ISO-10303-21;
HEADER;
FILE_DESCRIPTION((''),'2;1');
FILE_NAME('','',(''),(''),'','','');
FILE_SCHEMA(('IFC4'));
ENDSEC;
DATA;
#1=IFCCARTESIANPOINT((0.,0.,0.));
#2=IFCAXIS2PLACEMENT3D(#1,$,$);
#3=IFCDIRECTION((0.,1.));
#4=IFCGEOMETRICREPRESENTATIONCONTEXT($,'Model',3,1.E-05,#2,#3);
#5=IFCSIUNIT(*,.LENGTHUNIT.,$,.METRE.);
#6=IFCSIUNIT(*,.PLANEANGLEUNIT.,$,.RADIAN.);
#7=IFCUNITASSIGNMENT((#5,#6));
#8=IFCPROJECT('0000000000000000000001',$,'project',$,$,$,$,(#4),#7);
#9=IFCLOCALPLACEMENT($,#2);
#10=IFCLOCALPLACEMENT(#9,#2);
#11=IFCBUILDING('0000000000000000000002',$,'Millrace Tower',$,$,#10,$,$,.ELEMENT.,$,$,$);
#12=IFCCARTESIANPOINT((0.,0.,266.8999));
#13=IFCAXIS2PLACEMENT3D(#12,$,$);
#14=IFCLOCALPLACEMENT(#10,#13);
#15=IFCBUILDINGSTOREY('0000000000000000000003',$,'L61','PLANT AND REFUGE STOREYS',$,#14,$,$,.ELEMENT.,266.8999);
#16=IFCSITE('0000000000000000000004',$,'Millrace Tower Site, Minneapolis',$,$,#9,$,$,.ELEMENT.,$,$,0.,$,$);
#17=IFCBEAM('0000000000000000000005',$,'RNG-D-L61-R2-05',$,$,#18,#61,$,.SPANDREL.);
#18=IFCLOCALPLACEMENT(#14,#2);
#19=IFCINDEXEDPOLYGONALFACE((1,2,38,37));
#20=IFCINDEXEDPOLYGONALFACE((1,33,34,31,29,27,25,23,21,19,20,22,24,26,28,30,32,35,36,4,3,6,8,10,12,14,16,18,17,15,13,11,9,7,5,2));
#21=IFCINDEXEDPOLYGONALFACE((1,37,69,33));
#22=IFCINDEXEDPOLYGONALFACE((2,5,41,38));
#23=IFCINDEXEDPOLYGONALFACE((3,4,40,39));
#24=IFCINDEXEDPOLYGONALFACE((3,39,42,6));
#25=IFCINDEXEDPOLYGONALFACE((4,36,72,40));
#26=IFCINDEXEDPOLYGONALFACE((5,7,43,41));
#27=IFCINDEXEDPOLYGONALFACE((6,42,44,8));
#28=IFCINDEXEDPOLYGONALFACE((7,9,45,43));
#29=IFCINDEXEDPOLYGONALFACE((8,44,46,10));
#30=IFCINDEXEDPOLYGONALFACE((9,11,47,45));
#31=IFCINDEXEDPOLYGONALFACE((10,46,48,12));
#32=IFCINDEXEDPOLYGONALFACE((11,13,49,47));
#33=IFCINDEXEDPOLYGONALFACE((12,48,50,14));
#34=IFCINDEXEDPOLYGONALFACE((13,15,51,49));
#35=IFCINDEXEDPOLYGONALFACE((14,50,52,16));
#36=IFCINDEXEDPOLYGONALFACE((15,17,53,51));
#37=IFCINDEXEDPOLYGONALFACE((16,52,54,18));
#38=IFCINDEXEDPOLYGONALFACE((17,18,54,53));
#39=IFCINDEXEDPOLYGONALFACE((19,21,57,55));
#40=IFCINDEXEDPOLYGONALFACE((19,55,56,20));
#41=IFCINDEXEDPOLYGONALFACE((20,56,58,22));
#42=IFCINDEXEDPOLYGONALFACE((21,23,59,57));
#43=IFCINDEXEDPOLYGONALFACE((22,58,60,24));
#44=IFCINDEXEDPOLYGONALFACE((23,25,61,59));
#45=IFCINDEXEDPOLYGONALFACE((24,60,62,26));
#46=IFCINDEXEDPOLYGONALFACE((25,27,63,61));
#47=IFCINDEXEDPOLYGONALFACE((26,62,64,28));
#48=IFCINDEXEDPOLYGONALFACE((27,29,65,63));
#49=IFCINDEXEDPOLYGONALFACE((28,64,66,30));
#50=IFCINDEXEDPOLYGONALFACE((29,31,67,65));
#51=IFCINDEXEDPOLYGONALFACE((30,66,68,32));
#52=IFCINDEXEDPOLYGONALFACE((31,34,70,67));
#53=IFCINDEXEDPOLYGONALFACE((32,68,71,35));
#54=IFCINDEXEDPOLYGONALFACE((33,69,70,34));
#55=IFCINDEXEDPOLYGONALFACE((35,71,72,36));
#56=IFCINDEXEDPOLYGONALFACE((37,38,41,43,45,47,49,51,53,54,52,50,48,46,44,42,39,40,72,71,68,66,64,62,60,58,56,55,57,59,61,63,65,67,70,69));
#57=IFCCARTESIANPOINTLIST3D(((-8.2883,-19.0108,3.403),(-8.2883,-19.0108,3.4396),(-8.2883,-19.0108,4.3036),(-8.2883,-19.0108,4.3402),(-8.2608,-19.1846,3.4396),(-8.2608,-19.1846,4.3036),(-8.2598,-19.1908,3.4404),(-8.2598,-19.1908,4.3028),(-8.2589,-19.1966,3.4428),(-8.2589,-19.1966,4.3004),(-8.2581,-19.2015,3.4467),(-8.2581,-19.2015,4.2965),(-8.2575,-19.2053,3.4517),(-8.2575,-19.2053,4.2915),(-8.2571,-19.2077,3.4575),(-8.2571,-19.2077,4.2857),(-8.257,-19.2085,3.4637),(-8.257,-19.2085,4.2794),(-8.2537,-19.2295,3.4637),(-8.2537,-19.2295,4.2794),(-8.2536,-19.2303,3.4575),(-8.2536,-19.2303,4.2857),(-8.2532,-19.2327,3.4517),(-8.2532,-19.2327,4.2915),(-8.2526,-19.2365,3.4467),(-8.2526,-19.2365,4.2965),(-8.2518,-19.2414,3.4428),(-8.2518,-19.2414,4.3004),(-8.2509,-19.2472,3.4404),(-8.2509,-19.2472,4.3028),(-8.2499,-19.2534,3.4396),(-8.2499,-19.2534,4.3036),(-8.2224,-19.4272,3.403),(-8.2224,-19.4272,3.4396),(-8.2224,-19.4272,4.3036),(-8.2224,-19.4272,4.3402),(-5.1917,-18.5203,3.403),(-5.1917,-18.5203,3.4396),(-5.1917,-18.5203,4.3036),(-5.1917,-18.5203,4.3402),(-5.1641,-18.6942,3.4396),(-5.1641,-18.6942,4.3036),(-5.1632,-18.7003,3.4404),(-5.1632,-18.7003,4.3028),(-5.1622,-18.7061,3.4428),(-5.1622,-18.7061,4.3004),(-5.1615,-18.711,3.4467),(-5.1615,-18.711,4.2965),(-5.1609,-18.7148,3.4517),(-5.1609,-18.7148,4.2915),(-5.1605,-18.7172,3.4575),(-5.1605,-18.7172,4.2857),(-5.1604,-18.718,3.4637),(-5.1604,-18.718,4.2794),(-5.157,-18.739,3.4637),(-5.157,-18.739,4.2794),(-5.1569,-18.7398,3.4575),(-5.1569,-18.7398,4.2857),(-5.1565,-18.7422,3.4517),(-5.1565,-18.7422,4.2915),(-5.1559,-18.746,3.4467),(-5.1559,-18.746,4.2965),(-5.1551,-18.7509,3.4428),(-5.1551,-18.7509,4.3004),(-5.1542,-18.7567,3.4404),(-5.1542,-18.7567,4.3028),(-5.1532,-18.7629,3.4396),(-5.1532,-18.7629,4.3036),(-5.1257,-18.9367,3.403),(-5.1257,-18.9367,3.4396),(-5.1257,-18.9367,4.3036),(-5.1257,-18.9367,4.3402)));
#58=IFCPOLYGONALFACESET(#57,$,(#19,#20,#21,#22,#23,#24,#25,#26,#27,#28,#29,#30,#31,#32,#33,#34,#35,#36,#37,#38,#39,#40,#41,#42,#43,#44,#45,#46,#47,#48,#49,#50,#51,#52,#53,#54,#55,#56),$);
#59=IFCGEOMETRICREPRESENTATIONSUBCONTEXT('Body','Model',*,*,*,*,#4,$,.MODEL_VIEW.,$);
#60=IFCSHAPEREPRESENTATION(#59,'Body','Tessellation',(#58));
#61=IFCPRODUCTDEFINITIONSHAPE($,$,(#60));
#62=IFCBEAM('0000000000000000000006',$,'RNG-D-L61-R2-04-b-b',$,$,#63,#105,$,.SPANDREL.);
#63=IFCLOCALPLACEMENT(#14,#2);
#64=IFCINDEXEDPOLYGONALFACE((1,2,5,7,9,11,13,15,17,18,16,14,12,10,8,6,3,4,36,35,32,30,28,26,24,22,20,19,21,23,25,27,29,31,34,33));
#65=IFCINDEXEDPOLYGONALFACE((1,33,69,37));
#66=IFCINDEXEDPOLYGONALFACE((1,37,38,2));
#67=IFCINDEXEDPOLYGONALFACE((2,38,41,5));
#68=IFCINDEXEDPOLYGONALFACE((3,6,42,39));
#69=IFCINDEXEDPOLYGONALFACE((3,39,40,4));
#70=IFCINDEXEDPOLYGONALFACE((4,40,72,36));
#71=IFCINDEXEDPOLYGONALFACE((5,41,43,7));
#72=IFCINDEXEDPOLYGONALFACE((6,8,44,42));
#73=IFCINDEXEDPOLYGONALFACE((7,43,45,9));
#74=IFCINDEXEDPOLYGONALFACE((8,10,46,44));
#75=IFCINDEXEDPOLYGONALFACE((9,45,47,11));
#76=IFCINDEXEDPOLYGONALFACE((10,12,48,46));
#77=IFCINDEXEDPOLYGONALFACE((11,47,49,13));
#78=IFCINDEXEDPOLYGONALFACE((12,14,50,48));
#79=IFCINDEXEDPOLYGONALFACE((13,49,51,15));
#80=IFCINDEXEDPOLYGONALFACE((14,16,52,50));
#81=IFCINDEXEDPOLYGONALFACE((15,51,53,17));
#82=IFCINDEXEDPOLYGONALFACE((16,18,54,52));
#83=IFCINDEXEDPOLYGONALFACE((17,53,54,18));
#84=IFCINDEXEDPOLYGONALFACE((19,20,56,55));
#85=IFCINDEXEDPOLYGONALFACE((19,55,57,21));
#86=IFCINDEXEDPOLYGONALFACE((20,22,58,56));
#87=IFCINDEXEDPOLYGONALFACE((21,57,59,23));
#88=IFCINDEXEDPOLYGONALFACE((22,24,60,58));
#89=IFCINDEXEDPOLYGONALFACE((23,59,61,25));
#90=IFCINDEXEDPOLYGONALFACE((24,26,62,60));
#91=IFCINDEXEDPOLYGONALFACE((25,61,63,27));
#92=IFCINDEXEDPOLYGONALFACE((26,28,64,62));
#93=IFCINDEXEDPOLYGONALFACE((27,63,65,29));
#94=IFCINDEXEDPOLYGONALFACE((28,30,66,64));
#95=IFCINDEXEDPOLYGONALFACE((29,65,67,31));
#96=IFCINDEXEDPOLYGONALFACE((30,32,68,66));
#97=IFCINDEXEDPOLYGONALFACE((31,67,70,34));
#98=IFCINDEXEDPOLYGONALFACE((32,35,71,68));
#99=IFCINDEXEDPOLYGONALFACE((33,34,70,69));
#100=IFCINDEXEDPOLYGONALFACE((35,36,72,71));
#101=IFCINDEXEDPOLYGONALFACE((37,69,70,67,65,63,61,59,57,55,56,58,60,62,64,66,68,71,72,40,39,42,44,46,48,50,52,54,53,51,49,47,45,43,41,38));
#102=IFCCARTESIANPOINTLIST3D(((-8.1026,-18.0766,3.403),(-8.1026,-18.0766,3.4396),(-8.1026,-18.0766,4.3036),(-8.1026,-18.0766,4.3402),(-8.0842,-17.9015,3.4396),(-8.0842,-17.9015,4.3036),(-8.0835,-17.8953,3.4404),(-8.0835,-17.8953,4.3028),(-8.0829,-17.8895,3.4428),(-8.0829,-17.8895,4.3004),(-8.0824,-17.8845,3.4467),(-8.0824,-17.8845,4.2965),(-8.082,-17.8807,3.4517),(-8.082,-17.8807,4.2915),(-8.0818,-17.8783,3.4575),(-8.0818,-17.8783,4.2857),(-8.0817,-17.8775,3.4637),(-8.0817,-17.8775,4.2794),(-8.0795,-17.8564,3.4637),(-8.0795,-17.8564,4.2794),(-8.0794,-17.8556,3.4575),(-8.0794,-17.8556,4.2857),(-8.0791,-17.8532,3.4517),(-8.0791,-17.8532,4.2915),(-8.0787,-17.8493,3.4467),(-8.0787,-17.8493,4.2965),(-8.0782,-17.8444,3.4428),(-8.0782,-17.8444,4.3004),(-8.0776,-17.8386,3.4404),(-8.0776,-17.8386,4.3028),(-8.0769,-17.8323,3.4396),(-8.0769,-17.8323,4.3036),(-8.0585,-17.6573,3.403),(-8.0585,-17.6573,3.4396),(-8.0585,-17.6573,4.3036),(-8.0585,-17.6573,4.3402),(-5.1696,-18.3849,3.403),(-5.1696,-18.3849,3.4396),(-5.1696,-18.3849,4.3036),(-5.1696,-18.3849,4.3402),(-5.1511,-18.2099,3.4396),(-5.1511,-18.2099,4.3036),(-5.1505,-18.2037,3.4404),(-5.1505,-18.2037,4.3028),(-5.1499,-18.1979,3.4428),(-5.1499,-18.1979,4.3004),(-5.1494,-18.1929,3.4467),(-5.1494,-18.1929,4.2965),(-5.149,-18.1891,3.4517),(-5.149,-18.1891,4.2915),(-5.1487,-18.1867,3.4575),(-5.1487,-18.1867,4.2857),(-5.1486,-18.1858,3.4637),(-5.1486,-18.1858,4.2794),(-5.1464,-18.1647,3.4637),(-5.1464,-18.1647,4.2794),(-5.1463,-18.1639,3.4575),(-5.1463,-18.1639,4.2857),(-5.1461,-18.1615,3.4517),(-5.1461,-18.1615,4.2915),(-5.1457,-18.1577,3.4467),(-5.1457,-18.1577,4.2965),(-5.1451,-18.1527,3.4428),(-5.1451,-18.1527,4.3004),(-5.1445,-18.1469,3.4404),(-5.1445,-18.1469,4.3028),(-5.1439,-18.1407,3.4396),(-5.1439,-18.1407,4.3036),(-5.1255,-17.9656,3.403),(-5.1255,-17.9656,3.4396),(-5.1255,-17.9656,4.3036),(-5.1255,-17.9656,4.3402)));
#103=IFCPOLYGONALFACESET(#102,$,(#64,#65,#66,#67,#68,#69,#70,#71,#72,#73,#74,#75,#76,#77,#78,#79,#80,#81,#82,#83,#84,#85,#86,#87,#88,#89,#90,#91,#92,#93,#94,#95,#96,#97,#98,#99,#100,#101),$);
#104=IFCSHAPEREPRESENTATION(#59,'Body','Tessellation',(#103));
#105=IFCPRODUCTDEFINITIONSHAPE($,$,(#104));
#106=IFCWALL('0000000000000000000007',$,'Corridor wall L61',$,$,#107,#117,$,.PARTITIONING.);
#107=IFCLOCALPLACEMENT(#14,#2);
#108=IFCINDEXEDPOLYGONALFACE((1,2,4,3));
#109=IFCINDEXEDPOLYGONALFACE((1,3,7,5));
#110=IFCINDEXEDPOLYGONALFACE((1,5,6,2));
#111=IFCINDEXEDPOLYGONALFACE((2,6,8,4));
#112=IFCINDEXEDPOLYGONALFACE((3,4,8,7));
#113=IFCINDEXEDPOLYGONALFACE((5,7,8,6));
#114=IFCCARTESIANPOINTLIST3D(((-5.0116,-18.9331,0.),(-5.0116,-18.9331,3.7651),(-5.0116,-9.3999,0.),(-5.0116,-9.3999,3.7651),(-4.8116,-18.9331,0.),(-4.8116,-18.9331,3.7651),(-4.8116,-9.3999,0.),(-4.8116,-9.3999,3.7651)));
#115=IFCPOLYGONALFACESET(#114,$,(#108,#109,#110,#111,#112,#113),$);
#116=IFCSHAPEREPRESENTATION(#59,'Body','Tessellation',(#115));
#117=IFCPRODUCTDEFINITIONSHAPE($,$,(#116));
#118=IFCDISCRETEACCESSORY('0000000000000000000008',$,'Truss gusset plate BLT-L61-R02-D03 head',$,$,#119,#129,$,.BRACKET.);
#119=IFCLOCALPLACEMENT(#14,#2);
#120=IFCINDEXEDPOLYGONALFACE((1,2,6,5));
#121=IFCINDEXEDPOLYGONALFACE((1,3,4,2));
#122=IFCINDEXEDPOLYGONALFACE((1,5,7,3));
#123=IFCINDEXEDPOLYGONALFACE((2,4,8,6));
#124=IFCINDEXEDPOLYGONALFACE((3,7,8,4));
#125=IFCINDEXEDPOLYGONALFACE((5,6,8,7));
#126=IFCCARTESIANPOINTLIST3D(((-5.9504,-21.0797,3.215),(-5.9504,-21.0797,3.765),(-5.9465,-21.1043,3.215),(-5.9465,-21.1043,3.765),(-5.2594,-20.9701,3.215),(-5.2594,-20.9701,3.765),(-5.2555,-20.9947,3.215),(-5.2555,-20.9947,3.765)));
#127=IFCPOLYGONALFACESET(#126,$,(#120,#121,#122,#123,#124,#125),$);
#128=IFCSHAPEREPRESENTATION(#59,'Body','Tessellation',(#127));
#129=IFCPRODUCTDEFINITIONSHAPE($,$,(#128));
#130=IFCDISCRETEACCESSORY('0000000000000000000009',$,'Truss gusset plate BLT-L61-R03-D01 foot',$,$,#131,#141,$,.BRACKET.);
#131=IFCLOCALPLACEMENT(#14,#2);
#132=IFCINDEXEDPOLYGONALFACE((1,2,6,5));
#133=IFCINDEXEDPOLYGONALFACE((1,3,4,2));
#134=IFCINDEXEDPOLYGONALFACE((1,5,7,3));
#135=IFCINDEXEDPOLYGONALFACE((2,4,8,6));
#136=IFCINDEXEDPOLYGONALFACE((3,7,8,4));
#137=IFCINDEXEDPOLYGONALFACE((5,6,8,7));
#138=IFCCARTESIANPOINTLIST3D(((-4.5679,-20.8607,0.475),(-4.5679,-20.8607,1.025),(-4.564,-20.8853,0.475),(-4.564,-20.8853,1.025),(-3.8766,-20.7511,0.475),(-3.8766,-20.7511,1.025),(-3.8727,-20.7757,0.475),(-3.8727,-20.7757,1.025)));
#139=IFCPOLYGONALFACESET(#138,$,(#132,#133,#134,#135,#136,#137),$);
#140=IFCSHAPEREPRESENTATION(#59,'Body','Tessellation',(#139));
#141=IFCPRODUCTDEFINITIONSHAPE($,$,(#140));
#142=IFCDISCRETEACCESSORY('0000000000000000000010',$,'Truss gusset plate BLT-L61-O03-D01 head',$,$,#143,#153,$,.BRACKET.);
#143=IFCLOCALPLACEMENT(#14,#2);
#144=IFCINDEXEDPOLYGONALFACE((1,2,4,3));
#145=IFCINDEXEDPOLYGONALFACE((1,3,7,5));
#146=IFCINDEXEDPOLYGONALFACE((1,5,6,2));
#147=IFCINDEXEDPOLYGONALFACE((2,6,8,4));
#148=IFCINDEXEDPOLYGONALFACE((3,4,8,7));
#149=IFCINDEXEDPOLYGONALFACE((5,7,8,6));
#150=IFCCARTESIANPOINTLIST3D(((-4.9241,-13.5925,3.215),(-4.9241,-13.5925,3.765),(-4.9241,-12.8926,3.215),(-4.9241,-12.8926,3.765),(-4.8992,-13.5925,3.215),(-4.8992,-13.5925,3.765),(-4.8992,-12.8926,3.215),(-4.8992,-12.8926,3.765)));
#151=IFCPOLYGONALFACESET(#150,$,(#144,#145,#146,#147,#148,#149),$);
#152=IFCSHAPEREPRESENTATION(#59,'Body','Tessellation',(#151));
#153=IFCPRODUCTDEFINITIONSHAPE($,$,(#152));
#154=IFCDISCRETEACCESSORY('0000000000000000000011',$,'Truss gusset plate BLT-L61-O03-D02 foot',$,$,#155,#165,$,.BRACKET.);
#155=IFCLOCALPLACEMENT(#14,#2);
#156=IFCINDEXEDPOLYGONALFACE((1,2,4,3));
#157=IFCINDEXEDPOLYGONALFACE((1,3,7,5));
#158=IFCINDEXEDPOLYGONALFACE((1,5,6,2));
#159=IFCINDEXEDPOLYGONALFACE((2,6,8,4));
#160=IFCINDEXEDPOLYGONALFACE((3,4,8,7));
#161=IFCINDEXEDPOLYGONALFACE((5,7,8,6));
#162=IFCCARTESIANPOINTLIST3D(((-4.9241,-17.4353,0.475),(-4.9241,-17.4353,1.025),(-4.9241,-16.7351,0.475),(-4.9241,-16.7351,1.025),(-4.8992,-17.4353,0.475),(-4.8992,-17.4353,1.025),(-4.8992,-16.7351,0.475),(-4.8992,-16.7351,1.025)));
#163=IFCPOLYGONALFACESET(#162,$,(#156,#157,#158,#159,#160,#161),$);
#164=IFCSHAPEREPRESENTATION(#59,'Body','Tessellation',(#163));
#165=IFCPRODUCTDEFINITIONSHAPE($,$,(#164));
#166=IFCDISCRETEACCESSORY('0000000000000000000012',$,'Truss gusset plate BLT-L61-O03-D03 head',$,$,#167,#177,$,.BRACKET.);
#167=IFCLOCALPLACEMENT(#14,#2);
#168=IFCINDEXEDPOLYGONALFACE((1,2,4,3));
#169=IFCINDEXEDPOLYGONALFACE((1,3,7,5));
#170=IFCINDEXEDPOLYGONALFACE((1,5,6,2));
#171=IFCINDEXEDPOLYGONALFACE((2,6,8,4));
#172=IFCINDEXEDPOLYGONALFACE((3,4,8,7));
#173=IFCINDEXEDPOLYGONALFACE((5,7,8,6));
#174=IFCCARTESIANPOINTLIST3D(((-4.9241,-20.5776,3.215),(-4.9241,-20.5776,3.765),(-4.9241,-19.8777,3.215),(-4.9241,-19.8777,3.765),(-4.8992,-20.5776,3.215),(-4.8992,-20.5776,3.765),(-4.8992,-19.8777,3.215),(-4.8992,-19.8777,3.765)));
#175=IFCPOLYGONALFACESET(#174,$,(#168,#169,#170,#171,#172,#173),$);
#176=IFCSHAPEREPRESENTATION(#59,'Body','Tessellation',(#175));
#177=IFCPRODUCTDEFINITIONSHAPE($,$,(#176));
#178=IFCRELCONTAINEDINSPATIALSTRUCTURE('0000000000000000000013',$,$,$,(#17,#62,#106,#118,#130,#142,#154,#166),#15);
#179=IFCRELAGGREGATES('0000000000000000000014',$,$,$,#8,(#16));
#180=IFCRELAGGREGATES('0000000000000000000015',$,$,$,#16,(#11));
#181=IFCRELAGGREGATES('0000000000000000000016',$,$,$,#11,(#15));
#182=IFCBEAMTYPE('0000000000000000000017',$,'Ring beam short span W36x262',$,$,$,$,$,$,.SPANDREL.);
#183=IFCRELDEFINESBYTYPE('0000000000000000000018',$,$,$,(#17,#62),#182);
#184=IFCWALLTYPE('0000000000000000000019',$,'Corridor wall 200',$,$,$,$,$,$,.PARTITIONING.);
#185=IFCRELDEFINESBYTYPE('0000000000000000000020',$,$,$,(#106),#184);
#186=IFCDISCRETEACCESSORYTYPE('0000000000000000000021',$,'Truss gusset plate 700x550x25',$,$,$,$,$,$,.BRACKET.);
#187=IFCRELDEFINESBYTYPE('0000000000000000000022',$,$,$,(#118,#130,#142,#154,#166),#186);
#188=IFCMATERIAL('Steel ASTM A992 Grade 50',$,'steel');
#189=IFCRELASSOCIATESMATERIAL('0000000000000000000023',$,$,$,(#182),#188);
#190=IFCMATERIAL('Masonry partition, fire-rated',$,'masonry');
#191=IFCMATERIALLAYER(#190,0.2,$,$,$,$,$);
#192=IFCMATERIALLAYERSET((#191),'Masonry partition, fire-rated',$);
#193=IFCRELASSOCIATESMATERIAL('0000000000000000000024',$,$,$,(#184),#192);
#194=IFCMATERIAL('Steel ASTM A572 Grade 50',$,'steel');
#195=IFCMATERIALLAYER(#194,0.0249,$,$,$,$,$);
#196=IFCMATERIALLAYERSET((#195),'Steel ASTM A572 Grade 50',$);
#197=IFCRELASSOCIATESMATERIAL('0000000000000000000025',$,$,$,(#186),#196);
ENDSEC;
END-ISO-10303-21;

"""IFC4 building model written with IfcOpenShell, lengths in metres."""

from ifc_helpers import new_model, si_unit, direction, frame, frame_2d, origin, origin_2d, place, context, subcontext, project, spatial, rectangle, i_section, extrude, material, layer, layer_set, material_profile, profile_set, type_object, element, save


model = new_model("IFC4")

# Units and contexts
model_context = context("Model", 3, precision=1e-05, world=origin(), true_north=direction((0.0, 1.0)))
body_context = subcontext(model_context, "Body", "Model", "MODEL_VIEW")
ifc_project = project(units=[si_unit("LENGTHUNIT", "METRE"), si_unit("PLANEANGLEUNIT", "RADIAN")], contexts=[model_context])

# Site, building, storey
site_placement = place(None, origin())
site = spatial("IfcSite", under=ifc_project, at=site_placement, Name="Millrace Tower Site, Minneapolis", CompositionType="ELEMENT", RefElevation=0.0)
building_placement = place(site_placement, origin())
building = spatial("IfcBuilding", under=site, at=building_placement, Name="Millrace Tower", CompositionType="ELEMENT")
storey_placement = place(building_placement, frame((0.0, 0.0, 266.8999)))
storey = spatial("IfcBuildingStorey", under=building, at=storey_placement, Name="L61", Description="PLANT AND REFUGE STOREYS", CompositionType="ELEMENT", Elevation=266.8999)

# Beams
ifc_material_1 = material(Name="Steel ASTM A992 Grade 50", Category="steel")
ifc_material_profile_1 = material_profile(ifc_material_1, i_section(OverallWidth=0.4216, OverallDepth=0.9373, WebThickness=0.0212, FlangeThickness=0.0366, FilletRadius=0.0242, at=origin_2d()))
ifc_profile_set_1 = profile_set([ifc_material_profile_1], Name="Steel ASTM A992 Grade 50")
beam_type_1 = type_object("IfcBeamType", Name="Ring beam short span W36x262", PredefinedType="SPANDREL", material=ifc_profile_set_1)
beam_1_placement = place(storey_placement, frame((-5.1587, -18.7285, 3.8716), z_axis=(-0.987688, -0.156438, 0.0), x_axis=(0.156438, -0.987688, 0.0)))
element("IfcBeam", 1, at=beam_1_placement, inside=storey, type_object=beam_type_1, Name="RNG-D-L61-R2-05", PredefinedType="SPANDREL", context=body_context, shape_type="SweptSolid", body=[
    extrude(i_section(OverallWidth=0.4216, OverallDepth=0.9373, WebThickness=0.0212, FlangeThickness=0.0366, FilletRadius=0.0242, at=origin_2d()), origin(), (0.0, 0.0, 1.0), 3.1353),
])
beam_2_placement = place(storey_placement, frame((-8.0806, -17.8669, 3.8716), z_axis=(0.99452, -0.104551, 0.0), x_axis=(0.104551, 0.99452, 0.0)))
element("IfcBeam", 2, at=beam_2_placement, inside=storey, type_object=beam_type_1, Name="RNG-D-L61-R2-04-b-b", PredefinedType="SPANDREL", context=body_context, shape_type="SweptSolid", body=[
    extrude(i_section(OverallWidth=0.4216, OverallDepth=0.9373, WebThickness=0.0212, FlangeThickness=0.0366, FilletRadius=0.0242, at=origin_2d()), origin(), (0.0, 0.0, 1.0), 2.9492),
])

# Wall
ifc_material_2 = material(Name="Masonry partition, fire-rated", Category="masonry")
ifc_layer_1 = layer(ifc_material_2, 0.2)
ifc_layer_set_1 = layer_set([ifc_layer_1], Name="Masonry partition, fire-rated")
wall_type = type_object("IfcWallType", Name="Corridor wall 200", PredefinedType="PARTITIONING", material=ifc_layer_set_1)
wall_placement = place(storey_placement, frame((-4.9116, -18.9331, 0.0), z_axis=(0.0, 0.0, 1.0), x_axis=(0.0, 1.0, 0.0)))
element("IfcWall", 3, at=wall_placement, inside=storey, type_object=wall_type, Name="Corridor wall L61", PredefinedType="PARTITIONING", context=body_context, shape_type="SweptSolid", body=[
    extrude(rectangle(XDim=9.5332, YDim=0.2, at=frame_2d((4.7666, 0.0))), origin(), (0.0, 0.0, 1.0), 3.7651),
])

# Discrete accessories
ifc_material_3 = material(Name="Steel ASTM A572 Grade 50", Category="steel")
ifc_layer_2 = layer(ifc_material_3, 0.0249)
ifc_layer_set_2 = layer_set([ifc_layer_2], Name="Steel ASTM A572 Grade 50")
discrete_accessory_type = type_object("IfcDiscreteAccessoryType", Name="Truss gusset plate 700x550x25", PredefinedType="BRACKET", material=ifc_layer_set_2)
discrete_accessory_1_placement = place(storey_placement, frame((-5.9485, -21.092, 3.49), z_axis=(0.987655, 0.156643, 0.0), x_axis=(-0.156643, 0.987655, 0.0)))
element("IfcDiscreteAccessory", 4, at=discrete_accessory_1_placement, inside=storey, type_object=discrete_accessory_type, Name="Truss gusset plate BLT-L61-R02-D03 head", PredefinedType="BRACKET", context=body_context, shape_type="SweptSolid", body=[
    extrude(rectangle(XDim=0.0249, YDim=0.55, at=origin_2d()), origin(), (0.0, 0.0, 1.0), 0.6997),
])
for number, where, z_axis, x_axis, name in (
    (5, (-4.5659, -20.873, 0.75), (0.987664, 0.156589, 0.0), (-0.156589, 0.987664, 0.0), "Truss gusset plate BLT-L61-R03-D01 foot"),
    (6, (-4.9116, -13.5925, 3.49), (0.0, 1.0, 0.0), (-1.0, 0.0, 0.0), "Truss gusset plate BLT-L61-O03-D01 head"),
):
    element("IfcDiscreteAccessory", number, at=place(storey_placement, frame(where, z_axis=z_axis, x_axis=x_axis)), inside=storey, type_object=discrete_accessory_type, Name=name, PredefinedType="BRACKET", context=body_context, shape_type="SweptSolid", body=[
        extrude(rectangle(XDim=0.0249, YDim=0.55, at=origin_2d()), origin(), (0.0, 0.0, 1.0), 0.7),
    ])
discrete_accessory_2_placement = place(storey_placement, frame((-4.9116, -17.4353, 0.75), z_axis=(0.0, 1.0, 0.0), x_axis=(-1.0, 0.0, 0.0)))
element("IfcDiscreteAccessory", 7, at=discrete_accessory_2_placement, inside=storey, type_object=discrete_accessory_type, Name="Truss gusset plate BLT-L61-O03-D02 foot", PredefinedType="BRACKET", context=body_context, shape_type="SweptSolid", body=[
    extrude(rectangle(XDim=0.0249, YDim=0.55, at=origin_2d()), origin(), (0.0, 0.0, 1.0), 0.7002),
])
discrete_accessory_3_placement = place(storey_placement, frame((-4.9116, -20.5776, 3.49), z_axis=(0.0, 1.0, 0.0), x_axis=(-1.0, 0.0, 0.0)))
element("IfcDiscreteAccessory", 8, at=discrete_accessory_3_placement, inside=storey, type_object=discrete_accessory_type, Name="Truss gusset plate BLT-L61-O03-D03 head", PredefinedType="BRACKET", context=body_context, shape_type="SweptSolid", body=[
    extrude(rectangle(XDim=0.0249, YDim=0.55, at=origin_2d()), origin(), (0.0, 0.0, 1.0), 0.7),
])

save(model, "model.ifc")
